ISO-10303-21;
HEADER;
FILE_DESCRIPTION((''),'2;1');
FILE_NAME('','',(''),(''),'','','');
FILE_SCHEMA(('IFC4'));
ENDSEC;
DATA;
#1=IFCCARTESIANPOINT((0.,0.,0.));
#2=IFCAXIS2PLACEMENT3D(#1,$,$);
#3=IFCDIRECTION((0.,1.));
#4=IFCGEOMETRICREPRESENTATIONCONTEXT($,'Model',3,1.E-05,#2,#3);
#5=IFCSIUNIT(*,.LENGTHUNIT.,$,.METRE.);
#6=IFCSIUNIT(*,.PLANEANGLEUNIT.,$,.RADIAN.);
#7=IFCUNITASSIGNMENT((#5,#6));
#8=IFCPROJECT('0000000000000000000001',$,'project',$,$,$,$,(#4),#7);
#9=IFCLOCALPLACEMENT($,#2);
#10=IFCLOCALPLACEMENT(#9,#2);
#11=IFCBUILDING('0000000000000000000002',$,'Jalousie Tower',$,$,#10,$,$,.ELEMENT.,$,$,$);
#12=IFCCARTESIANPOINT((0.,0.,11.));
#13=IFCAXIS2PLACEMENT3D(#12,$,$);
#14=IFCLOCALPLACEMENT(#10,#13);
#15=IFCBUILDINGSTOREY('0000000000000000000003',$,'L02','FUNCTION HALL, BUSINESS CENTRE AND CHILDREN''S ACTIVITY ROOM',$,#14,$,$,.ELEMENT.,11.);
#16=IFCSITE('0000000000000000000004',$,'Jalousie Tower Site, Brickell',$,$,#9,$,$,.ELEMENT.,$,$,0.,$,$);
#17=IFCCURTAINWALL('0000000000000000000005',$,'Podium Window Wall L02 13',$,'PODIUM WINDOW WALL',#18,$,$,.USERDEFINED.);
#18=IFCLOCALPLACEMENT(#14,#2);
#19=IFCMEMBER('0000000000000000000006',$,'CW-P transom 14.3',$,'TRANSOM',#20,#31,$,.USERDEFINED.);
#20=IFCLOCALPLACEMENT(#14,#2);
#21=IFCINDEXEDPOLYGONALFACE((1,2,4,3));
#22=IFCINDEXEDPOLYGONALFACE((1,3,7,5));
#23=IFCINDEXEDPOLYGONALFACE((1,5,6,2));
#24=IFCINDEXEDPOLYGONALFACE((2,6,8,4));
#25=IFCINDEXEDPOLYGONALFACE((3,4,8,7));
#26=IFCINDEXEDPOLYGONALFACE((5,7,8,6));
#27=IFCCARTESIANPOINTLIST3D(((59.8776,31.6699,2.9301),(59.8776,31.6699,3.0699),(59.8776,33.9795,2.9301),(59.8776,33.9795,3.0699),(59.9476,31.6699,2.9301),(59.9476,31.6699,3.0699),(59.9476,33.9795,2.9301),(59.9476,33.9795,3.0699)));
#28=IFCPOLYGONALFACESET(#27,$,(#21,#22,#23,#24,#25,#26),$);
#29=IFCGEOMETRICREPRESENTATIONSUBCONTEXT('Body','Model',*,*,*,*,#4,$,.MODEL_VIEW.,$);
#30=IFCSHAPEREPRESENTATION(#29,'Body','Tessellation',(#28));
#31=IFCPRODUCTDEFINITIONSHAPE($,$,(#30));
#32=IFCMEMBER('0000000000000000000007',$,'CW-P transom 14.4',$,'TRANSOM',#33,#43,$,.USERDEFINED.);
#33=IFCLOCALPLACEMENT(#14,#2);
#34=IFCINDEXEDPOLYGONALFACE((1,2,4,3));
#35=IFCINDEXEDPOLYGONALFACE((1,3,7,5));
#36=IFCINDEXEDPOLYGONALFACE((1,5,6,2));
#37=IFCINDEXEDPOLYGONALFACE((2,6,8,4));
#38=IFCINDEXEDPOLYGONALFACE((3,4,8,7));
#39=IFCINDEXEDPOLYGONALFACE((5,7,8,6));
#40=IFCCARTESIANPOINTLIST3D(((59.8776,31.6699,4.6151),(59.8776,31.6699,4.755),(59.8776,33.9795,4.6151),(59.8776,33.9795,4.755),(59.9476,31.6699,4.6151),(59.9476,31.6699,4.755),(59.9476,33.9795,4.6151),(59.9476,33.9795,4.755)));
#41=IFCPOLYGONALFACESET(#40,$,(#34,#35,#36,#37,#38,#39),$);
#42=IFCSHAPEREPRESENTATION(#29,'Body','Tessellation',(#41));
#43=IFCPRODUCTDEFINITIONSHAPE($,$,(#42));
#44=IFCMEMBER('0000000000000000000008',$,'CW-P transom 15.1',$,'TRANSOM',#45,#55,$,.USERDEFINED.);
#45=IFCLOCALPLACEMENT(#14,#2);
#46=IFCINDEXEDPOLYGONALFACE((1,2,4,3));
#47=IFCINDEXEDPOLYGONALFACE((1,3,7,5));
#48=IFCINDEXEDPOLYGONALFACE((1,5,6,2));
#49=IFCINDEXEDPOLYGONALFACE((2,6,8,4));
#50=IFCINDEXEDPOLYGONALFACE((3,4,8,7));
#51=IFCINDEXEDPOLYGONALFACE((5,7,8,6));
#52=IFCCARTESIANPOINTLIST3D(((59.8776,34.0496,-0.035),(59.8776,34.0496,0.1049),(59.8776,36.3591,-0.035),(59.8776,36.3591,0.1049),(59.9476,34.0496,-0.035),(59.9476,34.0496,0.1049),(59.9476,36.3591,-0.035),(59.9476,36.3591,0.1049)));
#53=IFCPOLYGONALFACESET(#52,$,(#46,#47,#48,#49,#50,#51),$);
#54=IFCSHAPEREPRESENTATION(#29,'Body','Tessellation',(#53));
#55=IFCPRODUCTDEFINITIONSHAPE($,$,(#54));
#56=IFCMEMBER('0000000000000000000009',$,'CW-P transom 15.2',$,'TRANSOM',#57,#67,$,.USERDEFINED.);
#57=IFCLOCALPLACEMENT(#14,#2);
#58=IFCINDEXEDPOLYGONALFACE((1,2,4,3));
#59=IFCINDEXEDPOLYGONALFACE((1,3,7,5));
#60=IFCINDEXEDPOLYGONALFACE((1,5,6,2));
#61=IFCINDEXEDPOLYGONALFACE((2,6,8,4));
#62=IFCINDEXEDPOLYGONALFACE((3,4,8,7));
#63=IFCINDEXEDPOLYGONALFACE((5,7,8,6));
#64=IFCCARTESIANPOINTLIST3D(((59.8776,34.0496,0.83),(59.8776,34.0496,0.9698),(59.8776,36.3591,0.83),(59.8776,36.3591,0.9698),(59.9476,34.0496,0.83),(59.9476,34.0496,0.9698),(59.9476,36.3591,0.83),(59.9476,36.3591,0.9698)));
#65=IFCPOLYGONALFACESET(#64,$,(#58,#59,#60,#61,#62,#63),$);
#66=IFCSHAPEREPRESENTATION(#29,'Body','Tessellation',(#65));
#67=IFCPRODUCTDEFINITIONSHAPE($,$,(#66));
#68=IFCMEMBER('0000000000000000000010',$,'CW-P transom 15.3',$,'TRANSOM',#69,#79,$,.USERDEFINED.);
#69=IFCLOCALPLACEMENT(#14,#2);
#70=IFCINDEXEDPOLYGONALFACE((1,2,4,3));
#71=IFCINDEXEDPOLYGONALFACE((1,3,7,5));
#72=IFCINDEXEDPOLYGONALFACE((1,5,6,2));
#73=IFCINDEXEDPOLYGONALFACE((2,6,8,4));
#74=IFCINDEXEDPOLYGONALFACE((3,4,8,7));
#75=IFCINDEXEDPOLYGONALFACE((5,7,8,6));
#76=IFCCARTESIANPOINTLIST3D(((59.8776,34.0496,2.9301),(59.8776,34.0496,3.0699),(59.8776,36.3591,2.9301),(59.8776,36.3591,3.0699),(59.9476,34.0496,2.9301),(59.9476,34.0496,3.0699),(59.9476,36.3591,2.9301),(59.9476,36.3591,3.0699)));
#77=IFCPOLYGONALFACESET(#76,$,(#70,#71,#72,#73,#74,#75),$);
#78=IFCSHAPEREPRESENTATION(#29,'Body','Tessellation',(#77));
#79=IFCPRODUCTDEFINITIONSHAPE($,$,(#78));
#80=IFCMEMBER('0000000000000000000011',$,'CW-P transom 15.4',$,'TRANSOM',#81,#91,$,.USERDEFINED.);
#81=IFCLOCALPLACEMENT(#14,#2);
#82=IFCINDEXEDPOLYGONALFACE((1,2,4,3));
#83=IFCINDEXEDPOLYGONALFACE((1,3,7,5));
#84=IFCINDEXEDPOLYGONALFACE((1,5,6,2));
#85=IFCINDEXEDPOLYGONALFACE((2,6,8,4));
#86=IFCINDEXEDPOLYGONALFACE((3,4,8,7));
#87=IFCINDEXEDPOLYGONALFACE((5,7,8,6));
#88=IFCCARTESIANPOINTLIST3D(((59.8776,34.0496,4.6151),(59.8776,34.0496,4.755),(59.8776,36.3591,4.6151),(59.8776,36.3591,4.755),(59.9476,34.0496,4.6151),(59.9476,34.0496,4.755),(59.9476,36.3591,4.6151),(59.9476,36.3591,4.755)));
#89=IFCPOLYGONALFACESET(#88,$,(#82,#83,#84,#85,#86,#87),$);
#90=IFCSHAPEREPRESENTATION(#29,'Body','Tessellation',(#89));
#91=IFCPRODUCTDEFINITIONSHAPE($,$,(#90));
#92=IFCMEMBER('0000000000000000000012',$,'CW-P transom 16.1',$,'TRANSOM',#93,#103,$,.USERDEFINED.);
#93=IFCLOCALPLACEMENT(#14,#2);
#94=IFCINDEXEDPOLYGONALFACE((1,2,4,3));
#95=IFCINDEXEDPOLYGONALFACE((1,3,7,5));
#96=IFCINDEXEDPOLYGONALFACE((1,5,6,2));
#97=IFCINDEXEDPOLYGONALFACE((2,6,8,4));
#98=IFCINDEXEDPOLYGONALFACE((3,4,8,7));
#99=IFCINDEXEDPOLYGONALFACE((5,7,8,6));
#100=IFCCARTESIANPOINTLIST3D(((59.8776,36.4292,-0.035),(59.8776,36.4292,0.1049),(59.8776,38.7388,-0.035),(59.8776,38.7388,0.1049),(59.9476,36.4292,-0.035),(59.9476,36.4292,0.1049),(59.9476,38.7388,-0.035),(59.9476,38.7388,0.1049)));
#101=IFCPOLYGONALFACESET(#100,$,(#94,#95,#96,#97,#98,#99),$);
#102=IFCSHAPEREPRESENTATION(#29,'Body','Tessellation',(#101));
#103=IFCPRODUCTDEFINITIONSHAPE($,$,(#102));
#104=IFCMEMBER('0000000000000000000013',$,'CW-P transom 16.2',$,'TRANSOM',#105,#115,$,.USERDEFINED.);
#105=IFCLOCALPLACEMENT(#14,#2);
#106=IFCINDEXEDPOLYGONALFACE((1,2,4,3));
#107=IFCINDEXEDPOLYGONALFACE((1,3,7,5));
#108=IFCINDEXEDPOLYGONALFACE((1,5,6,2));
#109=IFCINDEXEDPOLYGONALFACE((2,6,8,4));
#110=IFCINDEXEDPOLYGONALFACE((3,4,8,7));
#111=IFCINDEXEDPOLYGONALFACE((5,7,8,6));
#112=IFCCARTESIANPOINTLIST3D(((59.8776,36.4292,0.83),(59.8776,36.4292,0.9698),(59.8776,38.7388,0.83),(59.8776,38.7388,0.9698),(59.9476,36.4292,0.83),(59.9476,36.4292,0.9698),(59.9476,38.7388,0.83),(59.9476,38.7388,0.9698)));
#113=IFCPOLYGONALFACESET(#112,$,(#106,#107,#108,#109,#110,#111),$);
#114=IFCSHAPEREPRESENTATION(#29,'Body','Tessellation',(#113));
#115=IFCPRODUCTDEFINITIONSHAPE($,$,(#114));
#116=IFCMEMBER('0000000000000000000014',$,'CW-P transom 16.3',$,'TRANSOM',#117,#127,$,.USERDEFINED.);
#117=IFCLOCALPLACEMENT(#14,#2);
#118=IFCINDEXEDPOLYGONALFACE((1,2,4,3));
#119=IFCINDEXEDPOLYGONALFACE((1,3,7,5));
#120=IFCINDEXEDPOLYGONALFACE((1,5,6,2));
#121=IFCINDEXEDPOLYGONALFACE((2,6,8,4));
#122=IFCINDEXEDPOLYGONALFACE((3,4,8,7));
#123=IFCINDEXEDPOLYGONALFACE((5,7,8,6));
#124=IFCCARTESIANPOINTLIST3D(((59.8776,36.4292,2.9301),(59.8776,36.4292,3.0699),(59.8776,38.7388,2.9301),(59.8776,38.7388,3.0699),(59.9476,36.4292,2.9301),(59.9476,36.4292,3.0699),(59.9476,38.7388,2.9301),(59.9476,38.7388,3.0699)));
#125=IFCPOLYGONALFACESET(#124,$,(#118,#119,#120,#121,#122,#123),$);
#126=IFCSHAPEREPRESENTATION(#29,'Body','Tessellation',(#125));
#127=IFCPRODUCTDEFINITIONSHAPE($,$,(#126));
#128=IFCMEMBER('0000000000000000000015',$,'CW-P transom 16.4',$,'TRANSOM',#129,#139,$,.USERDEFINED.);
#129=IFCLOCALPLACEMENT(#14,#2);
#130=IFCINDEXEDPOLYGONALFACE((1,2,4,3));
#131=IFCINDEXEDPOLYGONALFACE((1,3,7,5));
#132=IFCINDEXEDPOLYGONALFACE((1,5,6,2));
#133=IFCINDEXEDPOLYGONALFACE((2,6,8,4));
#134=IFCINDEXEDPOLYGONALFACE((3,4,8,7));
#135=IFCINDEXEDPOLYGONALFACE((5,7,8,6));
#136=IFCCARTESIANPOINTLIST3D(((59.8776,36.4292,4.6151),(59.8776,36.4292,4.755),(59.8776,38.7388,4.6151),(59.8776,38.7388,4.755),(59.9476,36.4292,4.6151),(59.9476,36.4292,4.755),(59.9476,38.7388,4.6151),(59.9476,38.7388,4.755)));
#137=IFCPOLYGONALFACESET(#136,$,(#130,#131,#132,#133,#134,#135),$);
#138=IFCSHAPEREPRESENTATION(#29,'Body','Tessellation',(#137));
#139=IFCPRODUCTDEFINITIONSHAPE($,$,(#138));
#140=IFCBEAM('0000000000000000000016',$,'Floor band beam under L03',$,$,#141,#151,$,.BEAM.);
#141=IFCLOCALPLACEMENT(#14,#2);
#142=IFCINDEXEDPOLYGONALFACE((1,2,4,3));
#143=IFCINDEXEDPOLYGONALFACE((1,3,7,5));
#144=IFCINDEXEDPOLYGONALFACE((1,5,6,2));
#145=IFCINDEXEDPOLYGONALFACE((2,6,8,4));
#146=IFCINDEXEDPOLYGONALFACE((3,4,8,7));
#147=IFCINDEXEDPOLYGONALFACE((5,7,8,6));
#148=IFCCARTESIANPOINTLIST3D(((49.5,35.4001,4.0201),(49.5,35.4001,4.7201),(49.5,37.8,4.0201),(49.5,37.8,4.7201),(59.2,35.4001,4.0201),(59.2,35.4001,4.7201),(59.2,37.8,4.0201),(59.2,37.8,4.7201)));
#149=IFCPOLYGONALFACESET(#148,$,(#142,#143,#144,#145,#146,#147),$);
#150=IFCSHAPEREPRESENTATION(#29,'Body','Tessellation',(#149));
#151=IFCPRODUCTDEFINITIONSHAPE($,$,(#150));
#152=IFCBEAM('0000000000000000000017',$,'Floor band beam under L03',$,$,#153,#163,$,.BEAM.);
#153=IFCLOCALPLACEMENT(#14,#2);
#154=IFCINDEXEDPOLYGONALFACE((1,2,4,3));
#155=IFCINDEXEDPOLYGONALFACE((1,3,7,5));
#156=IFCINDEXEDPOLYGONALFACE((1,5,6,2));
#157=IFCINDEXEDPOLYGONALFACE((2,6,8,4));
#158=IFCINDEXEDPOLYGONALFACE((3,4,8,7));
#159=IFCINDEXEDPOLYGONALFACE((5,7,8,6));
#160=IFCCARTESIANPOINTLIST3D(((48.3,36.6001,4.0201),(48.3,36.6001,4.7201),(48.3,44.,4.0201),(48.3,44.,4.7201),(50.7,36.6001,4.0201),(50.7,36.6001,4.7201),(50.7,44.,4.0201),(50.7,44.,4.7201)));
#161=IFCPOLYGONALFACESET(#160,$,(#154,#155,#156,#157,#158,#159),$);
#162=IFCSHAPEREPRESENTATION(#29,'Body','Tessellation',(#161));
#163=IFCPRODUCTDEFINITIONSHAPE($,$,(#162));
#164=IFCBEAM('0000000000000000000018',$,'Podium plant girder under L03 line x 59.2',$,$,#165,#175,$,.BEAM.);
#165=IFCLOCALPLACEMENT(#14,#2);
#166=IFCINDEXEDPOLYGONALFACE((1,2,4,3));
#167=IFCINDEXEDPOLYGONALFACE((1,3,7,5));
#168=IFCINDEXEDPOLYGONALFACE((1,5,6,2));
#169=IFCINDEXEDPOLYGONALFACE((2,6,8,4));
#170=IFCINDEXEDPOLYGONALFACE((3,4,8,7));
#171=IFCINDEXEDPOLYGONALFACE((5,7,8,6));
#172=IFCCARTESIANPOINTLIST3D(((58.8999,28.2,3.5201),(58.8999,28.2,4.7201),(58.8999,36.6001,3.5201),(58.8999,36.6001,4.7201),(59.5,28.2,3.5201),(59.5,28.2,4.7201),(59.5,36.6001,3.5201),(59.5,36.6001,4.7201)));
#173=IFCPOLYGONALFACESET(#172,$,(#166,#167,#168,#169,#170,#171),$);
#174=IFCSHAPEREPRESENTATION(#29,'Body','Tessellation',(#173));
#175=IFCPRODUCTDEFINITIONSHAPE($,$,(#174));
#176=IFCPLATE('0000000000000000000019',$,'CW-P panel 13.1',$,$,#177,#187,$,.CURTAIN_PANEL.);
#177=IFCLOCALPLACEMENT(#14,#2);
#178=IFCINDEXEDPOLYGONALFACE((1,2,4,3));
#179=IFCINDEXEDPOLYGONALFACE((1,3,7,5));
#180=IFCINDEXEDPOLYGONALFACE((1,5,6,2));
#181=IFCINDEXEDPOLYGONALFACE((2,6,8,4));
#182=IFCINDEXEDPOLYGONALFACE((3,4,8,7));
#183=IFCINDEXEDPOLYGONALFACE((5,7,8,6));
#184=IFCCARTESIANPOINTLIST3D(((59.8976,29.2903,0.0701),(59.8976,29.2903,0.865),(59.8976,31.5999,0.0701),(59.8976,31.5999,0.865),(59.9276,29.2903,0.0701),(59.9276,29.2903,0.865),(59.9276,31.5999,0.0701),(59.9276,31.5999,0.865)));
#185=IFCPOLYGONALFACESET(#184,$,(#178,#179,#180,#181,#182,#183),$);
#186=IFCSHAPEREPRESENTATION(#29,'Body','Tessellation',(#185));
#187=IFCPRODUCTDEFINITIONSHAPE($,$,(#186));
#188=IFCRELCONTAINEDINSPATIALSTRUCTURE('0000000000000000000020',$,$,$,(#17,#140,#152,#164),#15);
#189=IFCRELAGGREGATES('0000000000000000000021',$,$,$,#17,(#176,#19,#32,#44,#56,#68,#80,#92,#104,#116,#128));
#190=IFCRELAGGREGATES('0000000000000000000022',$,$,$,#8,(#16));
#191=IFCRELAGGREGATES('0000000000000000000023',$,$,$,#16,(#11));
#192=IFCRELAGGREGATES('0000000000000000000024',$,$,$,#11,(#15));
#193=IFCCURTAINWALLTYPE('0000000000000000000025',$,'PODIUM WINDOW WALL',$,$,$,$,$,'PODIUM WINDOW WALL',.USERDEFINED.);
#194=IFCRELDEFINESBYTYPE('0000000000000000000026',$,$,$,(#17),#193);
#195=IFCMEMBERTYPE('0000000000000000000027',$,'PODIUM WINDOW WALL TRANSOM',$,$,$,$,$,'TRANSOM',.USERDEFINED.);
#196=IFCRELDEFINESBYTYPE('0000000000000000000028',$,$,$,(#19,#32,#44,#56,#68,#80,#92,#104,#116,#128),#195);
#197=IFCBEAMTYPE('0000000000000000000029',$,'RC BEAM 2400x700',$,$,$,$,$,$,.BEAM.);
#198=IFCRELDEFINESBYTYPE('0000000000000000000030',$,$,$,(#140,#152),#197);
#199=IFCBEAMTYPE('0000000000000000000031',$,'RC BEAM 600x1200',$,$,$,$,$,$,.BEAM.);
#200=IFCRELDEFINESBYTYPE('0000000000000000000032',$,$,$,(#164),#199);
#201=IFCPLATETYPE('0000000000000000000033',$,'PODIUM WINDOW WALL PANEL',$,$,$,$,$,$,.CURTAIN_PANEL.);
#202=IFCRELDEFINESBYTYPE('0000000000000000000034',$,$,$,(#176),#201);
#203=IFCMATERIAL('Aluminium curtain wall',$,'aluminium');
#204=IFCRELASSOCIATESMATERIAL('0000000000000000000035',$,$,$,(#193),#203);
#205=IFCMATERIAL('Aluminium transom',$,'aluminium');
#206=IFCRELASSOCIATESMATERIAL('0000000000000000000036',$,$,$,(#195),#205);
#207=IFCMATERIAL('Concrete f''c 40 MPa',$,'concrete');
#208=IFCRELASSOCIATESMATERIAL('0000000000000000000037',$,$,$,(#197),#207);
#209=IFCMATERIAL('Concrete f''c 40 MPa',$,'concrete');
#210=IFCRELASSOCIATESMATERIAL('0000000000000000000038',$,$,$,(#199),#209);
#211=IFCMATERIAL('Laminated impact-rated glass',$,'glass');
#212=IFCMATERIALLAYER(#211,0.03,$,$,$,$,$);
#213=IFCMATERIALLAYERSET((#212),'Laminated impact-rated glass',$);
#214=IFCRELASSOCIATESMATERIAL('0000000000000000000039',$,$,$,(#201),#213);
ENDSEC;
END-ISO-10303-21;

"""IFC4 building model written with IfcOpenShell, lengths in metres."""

from ifc_helpers import new_model, si_unit, direction, frame, origin, origin_2d, place, context, subcontext, project, spatial, rectangle, extrude, material, layer, layer_set, material_profile, profile_set, type_object, element, aggregate, save


model = new_model("IFC4")

# Units and contexts
model_context = context("Model", 3, precision=1e-05, world=origin(), true_north=direction((0.0, 1.0)))
body_context = subcontext(model_context, "Body", "Model", "MODEL_VIEW")
ifc_project = project(units=[si_unit("LENGTHUNIT", "METRE"), si_unit("PLANEANGLEUNIT", "RADIAN")], contexts=[model_context])

# Site, building, storey
site_placement = place(None, origin())
site = spatial("IfcSite", under=ifc_project, at=site_placement, Name="Jalousie Tower Site, Brickell", CompositionType="ELEMENT", RefElevation=0.0)
building_placement = place(site_placement, origin())
building = spatial("IfcBuilding", under=site, at=building_placement, Name="Jalousie Tower", CompositionType="ELEMENT")
storey_placement = place(building_placement, frame((0.0, 0.0, 11.0)))
storey = spatial("IfcBuildingStorey", under=building, at=storey_placement, Name="L02", Description="FUNCTION HALL, BUSINESS CENTRE AND CHILDREN'S ACTIVITY ROOM", CompositionType="ELEMENT", Elevation=11.0)

# Curtain wall, members
ifc_material_1 = material(Name="Aluminium curtain wall", Category="aluminium")
curtain_wall_type = type_object("IfcCurtainWallType", Name="PODIUM WINDOW WALL", ElementType="PODIUM WINDOW WALL", PredefinedType="USERDEFINED", material=ifc_material_1)
curtain_wall_placement = place(storey_placement, origin())
curtain_wall = element("IfcCurtainWall", 1, at=curtain_wall_placement, inside=storey, type_object=curtain_wall_type, Name="Podium Window Wall L02 13", ObjectType="PODIUM WINDOW WALL", PredefinedType="USERDEFINED")
ifc_material_2 = material(Name="Aluminium transom", Category="aluminium")
ifc_material_profile_1 = material_profile(ifc_material_2, rectangle(XDim=0.0701, YDim=0.1399, at=origin_2d()), Name="TRANSOM 70x140")
ifc_profile_set_1 = profile_set([ifc_material_profile_1], Name="Aluminium transom")
member_type_1 = type_object("IfcMemberType", Name="PODIUM WINDOW WALL TRANSOM", ElementType="TRANSOM", PredefinedType="USERDEFINED", material=ifc_profile_set_1)
member_1_placement = place(storey_placement, frame((59.9126, 31.6699, 3.0), z_axis=(0.0, 1.0, 0.0), x_axis=(-1.0, 0.0, 0.0)))
member_1 = element("IfcMember", 2, at=member_1_placement, type_object=member_type_1, Name="CW-P transom 14.3", ObjectType="TRANSOM", PredefinedType="USERDEFINED", context=body_context, shape_type="SweptSolid", body=[
    extrude(rectangle(XDim=0.0701, YDim=0.1399, at=origin_2d()), origin(), (0.0, 0.0, 1.0), 2.3096),
])
member_2_placement = place(storey_placement, frame((59.9126, 31.6699, 4.6851), z_axis=(0.0, 1.0, 0.0), x_axis=(-1.0, 0.0, 0.0)))
member_2 = element("IfcMember", 3, at=member_2_placement, type_object=member_type_1, Name="CW-P transom 14.4", ObjectType="TRANSOM", PredefinedType="USERDEFINED", context=body_context, shape_type="SweptSolid", body=[
    extrude(rectangle(XDim=0.0701, YDim=0.1399, at=origin_2d()), origin(), (0.0, 0.0, 1.0), 2.3096),
])
member_3_placement = place(storey_placement, frame((59.9126, 34.0496, 0.0349), z_axis=(0.0, 1.0, 0.0), x_axis=(-1.0, 0.0, 0.0)))
member_3 = element("IfcMember", 4, at=member_3_placement, type_object=member_type_1, Name="CW-P transom 15.1", ObjectType="TRANSOM", PredefinedType="USERDEFINED", context=body_context, shape_type="SweptSolid", body=[
    extrude(rectangle(XDim=0.0701, YDim=0.1399, at=origin_2d()), origin(), (0.0, 0.0, 1.0), 2.3096),
])
member_4_placement = place(storey_placement, frame((59.9126, 34.0496, 0.8999), z_axis=(0.0, 1.0, 0.0), x_axis=(-1.0, 0.0, 0.0)))
member_4 = element("IfcMember", 5, at=member_4_placement, type_object=member_type_1, Name="CW-P transom 15.2", ObjectType="TRANSOM", PredefinedType="USERDEFINED", context=body_context, shape_type="SweptSolid", body=[
    extrude(rectangle(XDim=0.0701, YDim=0.1399, at=origin_2d()), origin(), (0.0, 0.0, 1.0), 2.3096),
])
member_5_placement = place(storey_placement, frame((59.9126, 34.0496, 3.0), z_axis=(0.0, 1.0, 0.0), x_axis=(-1.0, 0.0, 0.0)))
member_5 = element("IfcMember", 6, at=member_5_placement, type_object=member_type_1, Name="CW-P transom 15.3", ObjectType="TRANSOM", PredefinedType="USERDEFINED", context=body_context, shape_type="SweptSolid", body=[
    extrude(rectangle(XDim=0.0701, YDim=0.1399, at=origin_2d()), origin(), (0.0, 0.0, 1.0), 2.3096),
])
member_6_placement = place(storey_placement, frame((59.9126, 34.0496, 4.6851), z_axis=(0.0, 1.0, 0.0), x_axis=(-1.0, 0.0, 0.0)))
member_6 = element("IfcMember", 7, at=member_6_placement, type_object=member_type_1, Name="CW-P transom 15.4", ObjectType="TRANSOM", PredefinedType="USERDEFINED", context=body_context, shape_type="SweptSolid", body=[
    extrude(rectangle(XDim=0.0701, YDim=0.1399, at=origin_2d()), origin(), (0.0, 0.0, 1.0), 2.3096),
])
member_7_placement = place(storey_placement, frame((59.9126, 36.4292, 0.0349), z_axis=(0.0, 1.0, 0.0), x_axis=(-1.0, 0.0, 0.0)))
member_7 = element("IfcMember", 8, at=member_7_placement, type_object=member_type_1, Name="CW-P transom 16.1", ObjectType="TRANSOM", PredefinedType="USERDEFINED", context=body_context, shape_type="SweptSolid", body=[
    extrude(rectangle(XDim=0.0701, YDim=0.1399, at=origin_2d()), origin(), (0.0, 0.0, 1.0), 2.3096),
])
member_8_placement = place(storey_placement, frame((59.9126, 36.4292, 0.8999), z_axis=(0.0, 1.0, 0.0), x_axis=(-1.0, 0.0, 0.0)))
member_8 = element("IfcMember", 9, at=member_8_placement, type_object=member_type_1, Name="CW-P transom 16.2", ObjectType="TRANSOM", PredefinedType="USERDEFINED", context=body_context, shape_type="SweptSolid", body=[
    extrude(rectangle(XDim=0.0701, YDim=0.1399, at=origin_2d()), origin(), (0.0, 0.0, 1.0), 2.3096),
])
member_9_placement = place(storey_placement, frame((59.9126, 36.4292, 3.0), z_axis=(0.0, 1.0, 0.0), x_axis=(-1.0, 0.0, 0.0)))
member_9 = element("IfcMember", 10, at=member_9_placement, type_object=member_type_1, Name="CW-P transom 16.3", ObjectType="TRANSOM", PredefinedType="USERDEFINED", context=body_context, shape_type="SweptSolid", body=[
    extrude(rectangle(XDim=0.0701, YDim=0.1399, at=origin_2d()), origin(), (0.0, 0.0, 1.0), 2.3096),
])
member_10_placement = place(storey_placement, frame((59.9126, 36.4292, 4.6851), z_axis=(0.0, 1.0, 0.0), x_axis=(-1.0, 0.0, 0.0)))
member_10 = element("IfcMember", 11, at=member_10_placement, type_object=member_type_1, Name="CW-P transom 16.4", ObjectType="TRANSOM", PredefinedType="USERDEFINED", context=body_context, shape_type="SweptSolid", body=[
    extrude(rectangle(XDim=0.0701, YDim=0.1399, at=origin_2d()), origin(), (0.0, 0.0, 1.0), 2.3096),
])

# Beams
ifc_material_3 = material(Name="Concrete f'c 40 MPa", Category="concrete")
ifc_material_profile_2 = material_profile(ifc_material_3, rectangle(XDim=2.3999, YDim=0.7, at=origin_2d()), Name="RC 2400x700")
ifc_profile_set_2 = profile_set([ifc_material_profile_2], Name="Concrete f'c 40 MPa")
beam_type_1 = type_object("IfcBeamType", Name="RC BEAM 2400x700", PredefinedType="BEAM", material=ifc_profile_set_2)
beam_1_placement = place(storey_placement, frame((49.5, 36.6001, 4.3701), z_axis=(1.0, 0.0, 0.0), x_axis=(0.0, 1.0, 0.0)))
element("IfcBeam", 12, at=beam_1_placement, inside=storey, type_object=beam_type_1, Name="Floor band beam under L03", PredefinedType="BEAM", context=body_context, shape_type="SweptSolid", body=[
    extrude(rectangle(XDim=2.3999, YDim=0.7, at=origin_2d()), origin(), (0.0, 0.0, 1.0), 9.7),
])
beam_2_placement = place(storey_placement, frame((49.5, 36.6001, 4.3701), z_axis=(0.0, 1.0, 0.0), x_axis=(-1.0, 0.0, 0.0)))
element("IfcBeam", 13, at=beam_2_placement, inside=storey, type_object=beam_type_1, Name="Floor band beam under L03", PredefinedType="BEAM", context=body_context, shape_type="SweptSolid", body=[
    extrude(rectangle(XDim=2.3999, YDim=0.7, at=origin_2d()), origin(), (0.0, 0.0, 1.0), 7.3999),
])
ifc_material_4 = material(Name="Concrete f'c 40 MPa", Category="concrete")
ifc_material_profile_3 = material_profile(ifc_material_4, rectangle(XDim=0.6001, YDim=1.2, at=origin_2d()), Name="RC 600x1200")
ifc_profile_set_3 = profile_set([ifc_material_profile_3], Name="Concrete f'c 40 MPa")
beam_type_2 = type_object("IfcBeamType", Name="RC BEAM 600x1200", PredefinedType="BEAM", material=ifc_profile_set_3)
beam_3_placement = place(storey_placement, frame((59.2, 28.2, 4.1201), z_axis=(0.0, 1.0, 0.0), x_axis=(-1.0, 0.0, 0.0)))
element("IfcBeam", 14, at=beam_3_placement, inside=storey, type_object=beam_type_2, Name="Podium plant girder under L03 line x 59.2", PredefinedType="BEAM", context=body_context, shape_type="SweptSolid", body=[
    extrude(rectangle(XDim=0.6001, YDim=1.2, at=origin_2d()), origin(), (0.0, 0.0, 1.0), 8.4001),
])

# Plate
ifc_material_5 = material(Name="Laminated impact-rated glass", Category="glass")
ifc_layer = layer(ifc_material_5, 0.03)
ifc_layer_set = layer_set([ifc_layer], Name="Laminated impact-rated glass")
plate_type = type_object("IfcPlateType", Name="PODIUM WINDOW WALL PANEL", PredefinedType="CURTAIN_PANEL", material=ifc_layer_set)
plate_1_placement = place(storey_placement, frame((59.9126, 30.4451, 0.0701), z_axis=(0.0, 0.0, 1.0), x_axis=(0.0, 1.0, 0.0)))
plate_1 = element("IfcPlate", 15, at=plate_1_placement, type_object=plate_type, Name="CW-P panel 13.1", PredefinedType="CURTAIN_PANEL", context=body_context, shape_type="SweptSolid", body=[
    extrude(rectangle(XDim=2.3096, YDim=0.03, at=origin_2d()), origin(), (0.0, 0.0, 1.0), 0.7949),
])
aggregate(curtain_wall, [plate_1, member_1, member_2, member_3, member_4, member_5, member_6, member_7, member_8, member_9, member_10])

save(model, "model.ifc")
